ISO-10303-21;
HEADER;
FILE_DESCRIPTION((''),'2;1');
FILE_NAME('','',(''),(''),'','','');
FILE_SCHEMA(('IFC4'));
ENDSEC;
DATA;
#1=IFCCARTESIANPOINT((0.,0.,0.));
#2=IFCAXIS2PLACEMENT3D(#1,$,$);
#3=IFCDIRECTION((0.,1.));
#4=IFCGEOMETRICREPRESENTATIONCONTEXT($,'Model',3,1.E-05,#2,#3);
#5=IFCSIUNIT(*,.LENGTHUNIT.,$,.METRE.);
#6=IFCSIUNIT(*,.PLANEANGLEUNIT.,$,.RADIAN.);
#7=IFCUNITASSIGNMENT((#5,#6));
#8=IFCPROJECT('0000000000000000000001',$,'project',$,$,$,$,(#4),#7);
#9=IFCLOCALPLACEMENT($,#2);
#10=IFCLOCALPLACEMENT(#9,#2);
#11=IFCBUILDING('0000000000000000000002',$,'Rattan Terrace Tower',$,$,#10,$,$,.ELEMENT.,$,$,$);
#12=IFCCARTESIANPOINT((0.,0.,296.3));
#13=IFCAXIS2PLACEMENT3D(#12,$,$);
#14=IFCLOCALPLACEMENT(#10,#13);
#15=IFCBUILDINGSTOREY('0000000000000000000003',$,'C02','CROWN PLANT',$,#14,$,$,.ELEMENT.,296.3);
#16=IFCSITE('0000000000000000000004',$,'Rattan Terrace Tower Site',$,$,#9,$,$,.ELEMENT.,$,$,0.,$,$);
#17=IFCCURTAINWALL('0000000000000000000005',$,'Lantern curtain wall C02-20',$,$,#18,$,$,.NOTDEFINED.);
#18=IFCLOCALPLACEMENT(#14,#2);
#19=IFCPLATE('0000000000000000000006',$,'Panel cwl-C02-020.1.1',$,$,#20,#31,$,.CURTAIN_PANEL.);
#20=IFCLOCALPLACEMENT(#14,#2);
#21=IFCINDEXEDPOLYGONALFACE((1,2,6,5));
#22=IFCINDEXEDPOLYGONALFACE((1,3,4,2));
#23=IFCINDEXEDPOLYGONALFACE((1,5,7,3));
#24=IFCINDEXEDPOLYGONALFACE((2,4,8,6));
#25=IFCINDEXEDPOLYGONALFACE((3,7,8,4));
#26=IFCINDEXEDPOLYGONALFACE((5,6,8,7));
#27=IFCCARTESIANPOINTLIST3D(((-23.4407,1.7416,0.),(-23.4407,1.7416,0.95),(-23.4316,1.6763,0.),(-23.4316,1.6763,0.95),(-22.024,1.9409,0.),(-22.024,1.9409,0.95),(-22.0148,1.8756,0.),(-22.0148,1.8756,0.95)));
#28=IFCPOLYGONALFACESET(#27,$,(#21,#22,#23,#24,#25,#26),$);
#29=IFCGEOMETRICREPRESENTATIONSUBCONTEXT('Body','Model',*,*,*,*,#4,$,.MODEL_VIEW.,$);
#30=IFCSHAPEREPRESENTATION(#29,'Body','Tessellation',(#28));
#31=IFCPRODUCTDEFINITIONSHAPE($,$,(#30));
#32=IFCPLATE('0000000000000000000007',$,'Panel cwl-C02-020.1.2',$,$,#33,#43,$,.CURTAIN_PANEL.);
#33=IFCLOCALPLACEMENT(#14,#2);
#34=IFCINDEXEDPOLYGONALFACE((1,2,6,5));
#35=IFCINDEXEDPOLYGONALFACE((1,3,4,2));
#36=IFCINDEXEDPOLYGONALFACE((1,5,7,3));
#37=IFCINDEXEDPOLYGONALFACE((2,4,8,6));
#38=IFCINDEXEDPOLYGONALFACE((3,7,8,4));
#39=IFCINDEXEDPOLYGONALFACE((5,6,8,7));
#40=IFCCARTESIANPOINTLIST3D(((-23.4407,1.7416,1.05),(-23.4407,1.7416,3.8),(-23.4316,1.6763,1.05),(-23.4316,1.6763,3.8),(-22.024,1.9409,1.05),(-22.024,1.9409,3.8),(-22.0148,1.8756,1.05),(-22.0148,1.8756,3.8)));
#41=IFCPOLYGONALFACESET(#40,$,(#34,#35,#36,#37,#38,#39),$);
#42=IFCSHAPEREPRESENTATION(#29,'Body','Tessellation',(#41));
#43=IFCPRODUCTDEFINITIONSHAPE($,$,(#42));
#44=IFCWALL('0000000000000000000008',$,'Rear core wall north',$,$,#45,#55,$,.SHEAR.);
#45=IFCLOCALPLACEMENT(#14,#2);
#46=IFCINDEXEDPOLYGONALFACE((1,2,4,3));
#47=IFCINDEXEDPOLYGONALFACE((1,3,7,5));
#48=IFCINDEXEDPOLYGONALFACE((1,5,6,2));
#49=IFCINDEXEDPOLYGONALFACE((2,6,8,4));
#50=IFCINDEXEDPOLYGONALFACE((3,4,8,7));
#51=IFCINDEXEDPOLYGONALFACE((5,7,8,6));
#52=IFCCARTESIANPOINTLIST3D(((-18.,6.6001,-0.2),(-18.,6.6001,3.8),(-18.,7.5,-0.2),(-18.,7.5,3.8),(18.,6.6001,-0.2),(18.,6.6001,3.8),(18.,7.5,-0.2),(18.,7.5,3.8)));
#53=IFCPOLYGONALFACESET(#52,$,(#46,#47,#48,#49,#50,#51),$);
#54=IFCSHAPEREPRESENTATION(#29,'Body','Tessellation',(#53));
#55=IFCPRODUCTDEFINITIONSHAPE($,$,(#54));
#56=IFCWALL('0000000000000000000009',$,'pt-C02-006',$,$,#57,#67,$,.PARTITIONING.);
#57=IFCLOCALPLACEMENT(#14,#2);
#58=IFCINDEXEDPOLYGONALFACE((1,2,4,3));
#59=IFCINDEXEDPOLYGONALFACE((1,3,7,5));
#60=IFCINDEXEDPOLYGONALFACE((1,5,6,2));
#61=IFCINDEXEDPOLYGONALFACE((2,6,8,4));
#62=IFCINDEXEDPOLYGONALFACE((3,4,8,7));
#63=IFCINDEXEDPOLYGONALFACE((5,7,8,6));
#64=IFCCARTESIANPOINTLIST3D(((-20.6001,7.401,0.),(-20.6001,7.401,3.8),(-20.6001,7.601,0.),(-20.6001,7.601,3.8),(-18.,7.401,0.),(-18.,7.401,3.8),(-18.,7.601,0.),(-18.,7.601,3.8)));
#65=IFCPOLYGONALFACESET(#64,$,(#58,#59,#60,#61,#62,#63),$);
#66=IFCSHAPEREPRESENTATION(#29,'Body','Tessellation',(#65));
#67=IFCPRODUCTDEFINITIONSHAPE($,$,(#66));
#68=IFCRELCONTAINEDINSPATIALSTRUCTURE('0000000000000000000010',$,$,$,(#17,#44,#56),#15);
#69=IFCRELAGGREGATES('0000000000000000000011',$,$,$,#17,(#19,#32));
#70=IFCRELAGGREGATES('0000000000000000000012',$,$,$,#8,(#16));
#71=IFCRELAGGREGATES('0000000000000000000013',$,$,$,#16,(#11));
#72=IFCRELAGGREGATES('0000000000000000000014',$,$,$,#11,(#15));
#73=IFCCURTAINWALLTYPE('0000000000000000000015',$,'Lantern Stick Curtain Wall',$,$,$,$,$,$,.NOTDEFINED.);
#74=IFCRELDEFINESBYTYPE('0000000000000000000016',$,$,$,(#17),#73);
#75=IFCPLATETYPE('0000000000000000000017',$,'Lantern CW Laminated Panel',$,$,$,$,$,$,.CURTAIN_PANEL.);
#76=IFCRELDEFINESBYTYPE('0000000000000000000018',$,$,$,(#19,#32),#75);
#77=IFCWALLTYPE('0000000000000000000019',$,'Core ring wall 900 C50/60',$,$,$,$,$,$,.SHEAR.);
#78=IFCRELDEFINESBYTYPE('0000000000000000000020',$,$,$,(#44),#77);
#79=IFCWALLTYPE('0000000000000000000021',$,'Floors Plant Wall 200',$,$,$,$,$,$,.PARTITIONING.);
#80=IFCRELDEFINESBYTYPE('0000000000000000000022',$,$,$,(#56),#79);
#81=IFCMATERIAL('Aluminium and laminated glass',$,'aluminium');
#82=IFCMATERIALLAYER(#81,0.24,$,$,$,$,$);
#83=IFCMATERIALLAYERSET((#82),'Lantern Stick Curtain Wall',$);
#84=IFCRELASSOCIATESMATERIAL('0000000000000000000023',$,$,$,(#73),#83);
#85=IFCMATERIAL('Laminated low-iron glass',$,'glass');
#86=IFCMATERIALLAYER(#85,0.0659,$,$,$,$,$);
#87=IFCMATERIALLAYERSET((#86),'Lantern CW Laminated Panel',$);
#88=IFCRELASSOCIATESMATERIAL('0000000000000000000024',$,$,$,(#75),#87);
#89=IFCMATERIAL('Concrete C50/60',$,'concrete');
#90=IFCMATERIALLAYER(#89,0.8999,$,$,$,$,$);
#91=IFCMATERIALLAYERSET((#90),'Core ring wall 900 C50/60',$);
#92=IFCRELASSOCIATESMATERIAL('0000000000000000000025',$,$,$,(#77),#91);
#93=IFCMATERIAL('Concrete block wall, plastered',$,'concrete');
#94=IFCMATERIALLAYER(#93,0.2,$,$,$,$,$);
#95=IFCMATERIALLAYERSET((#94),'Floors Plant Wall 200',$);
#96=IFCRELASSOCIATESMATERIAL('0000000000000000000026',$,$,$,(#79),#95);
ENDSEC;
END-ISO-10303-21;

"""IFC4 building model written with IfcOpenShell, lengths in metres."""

from ifc_helpers import new_model, si_unit, direction, frame, frame_2d, origin, origin_2d, place, context, subcontext, project, spatial, rectangle, extrude, material, layer, layer_set, type_object, element, aggregate, save


model = new_model("IFC4")

# Units and contexts
model_context = context("Model", 3, precision=1e-05, world=origin(), true_north=direction((0.0, 1.0)))
body_context = subcontext(model_context, "Body", "Model", "MODEL_VIEW")
ifc_project = project(units=[si_unit("LENGTHUNIT", "METRE"), si_unit("PLANEANGLEUNIT", "RADIAN")], contexts=[model_context])

# Site, building, storey
site_placement = place(None, origin())
site = spatial("IfcSite", under=ifc_project, at=site_placement, Name="Rattan Terrace Tower Site", CompositionType="ELEMENT", RefElevation=0.0)
building_placement = place(site_placement, origin())
building = spatial("IfcBuilding", under=site, at=building_placement, Name="Rattan Terrace Tower", CompositionType="ELEMENT")
storey_placement = place(building_placement, frame((0.0, 0.0, 296.3)))
storey = spatial("IfcBuildingStorey", under=building, at=storey_placement, Name="C02", Description="CROWN PLANT", CompositionType="ELEMENT", Elevation=296.3)

# Curtain wall
ifc_material_1 = material(Name="Aluminium and laminated glass", Category="aluminium")
ifc_layer_1 = layer(ifc_material_1, 0.24)
ifc_layer_set_1 = layer_set([ifc_layer_1], Name="Lantern Stick Curtain Wall")
curtain_wall_type = type_object("IfcCurtainWallType", Name="Lantern Stick Curtain Wall", PredefinedType="NOTDEFINED", material=ifc_layer_set_1)
curtain_wall_1_placement = place(storey_placement, origin())
curtain_wall_1 = element("IfcCurtainWall", 1, at=curtain_wall_1_placement, inside=storey, type_object=curtain_wall_type, Name="Lantern curtain wall C02-20", PredefinedType="NOTDEFINED")

# Plates
ifc_material_2 = material(Name="Laminated low-iron glass", Category="glass")
ifc_layer_2 = layer(ifc_material_2, 0.0659)
ifc_layer_set_2 = layer_set([ifc_layer_2], Name="Lantern CW Laminated Panel")
plate_type = type_object("IfcPlateType", Name="Lantern CW Laminated Panel", PredefinedType="CURTAIN_PANEL", material=ifc_layer_set_2)
plate_1_placement = place(storey_placement, frame((-22.7278, 1.8086, 0.0), z_axis=(0.0, 0.0, 1.0), x_axis=(-0.990254, -0.139275, 0.0)))
plate_1 = element("IfcPlate", 2, at=plate_1_placement, type_object=plate_type, Name="Panel cwl-C02-020.1.1", PredefinedType="CURTAIN_PANEL", context=body_context, shape_type="SweptSolid", body=[
    extrude(rectangle(XDim=1.4307, YDim=0.0659, at=origin_2d()), origin(), (0.0, 0.0, 1.0), 0.95),
])
plate_2_placement = place(storey_placement, frame((-22.7278, 1.8086, 1.05), z_axis=(0.0, 0.0, 1.0), x_axis=(-0.990254, -0.139275, 0.0)))
plate_2 = element("IfcPlate", 3, at=plate_2_placement, type_object=plate_type, Name="Panel cwl-C02-020.1.2", PredefinedType="CURTAIN_PANEL", context=body_context, shape_type="SweptSolid", body=[
    extrude(rectangle(XDim=1.4307, YDim=0.0659, at=origin_2d()), origin(), (0.0, 0.0, 1.0), 2.75),
])
aggregate(curtain_wall_1, [plate_1, plate_2])

# Walls
ifc_material_3 = material(Name="Concrete C50/60", Category="concrete")
ifc_layer_3 = layer(ifc_material_3, 0.8999)
ifc_layer_set_3 = layer_set([ifc_layer_3], Name="Core ring wall 900 C50/60")
wall_type_1 = type_object("IfcWallType", Name="Core ring wall 900 C50/60", PredefinedType="SHEAR", material=ifc_layer_set_3)
wall_1_placement = place(storey_placement, frame((-18.0, 7.05, -0.2), z_axis=(0.0, 0.0, 1.0), x_axis=(1.0, 0.0, 0.0)))
element("IfcWall", 4, at=wall_1_placement, inside=storey, type_object=wall_type_1, Name="Rear core wall north", PredefinedType="SHEAR", context=body_context, shape_type="SweptSolid", body=[
    extrude(rectangle(XDim=36.0, YDim=0.8999, at=frame_2d((18.0, 0.0))), origin(), (0.0, 0.0, 1.0), 4.0),
])
ifc_material_4 = material(Name="Concrete block wall, plastered", Category="concrete")
ifc_layer_4 = layer(ifc_material_4, 0.2)
ifc_layer_set_4 = layer_set([ifc_layer_4], Name="Floors Plant Wall 200")
wall_type_2 = type_object("IfcWallType", Name="Floors Plant Wall 200", PredefinedType="PARTITIONING", material=ifc_layer_set_4)
wall_2_placement = place(storey_placement, frame((-20.6001, 7.501, 0.0), z_axis=(0.0, 0.0, 1.0), x_axis=(1.0, 0.0, 0.0)))
element("IfcWall", 5, at=wall_2_placement, inside=storey, type_object=wall_type_2, Name="pt-C02-006", PredefinedType="PARTITIONING", context=body_context, shape_type="SweptSolid", body=[
    extrude(rectangle(XDim=2.6001, YDim=0.2, at=frame_2d((1.3, 0.0))), origin(), (0.0, 0.0, 1.0), 3.8),
])

save(model, "model.ifc")
